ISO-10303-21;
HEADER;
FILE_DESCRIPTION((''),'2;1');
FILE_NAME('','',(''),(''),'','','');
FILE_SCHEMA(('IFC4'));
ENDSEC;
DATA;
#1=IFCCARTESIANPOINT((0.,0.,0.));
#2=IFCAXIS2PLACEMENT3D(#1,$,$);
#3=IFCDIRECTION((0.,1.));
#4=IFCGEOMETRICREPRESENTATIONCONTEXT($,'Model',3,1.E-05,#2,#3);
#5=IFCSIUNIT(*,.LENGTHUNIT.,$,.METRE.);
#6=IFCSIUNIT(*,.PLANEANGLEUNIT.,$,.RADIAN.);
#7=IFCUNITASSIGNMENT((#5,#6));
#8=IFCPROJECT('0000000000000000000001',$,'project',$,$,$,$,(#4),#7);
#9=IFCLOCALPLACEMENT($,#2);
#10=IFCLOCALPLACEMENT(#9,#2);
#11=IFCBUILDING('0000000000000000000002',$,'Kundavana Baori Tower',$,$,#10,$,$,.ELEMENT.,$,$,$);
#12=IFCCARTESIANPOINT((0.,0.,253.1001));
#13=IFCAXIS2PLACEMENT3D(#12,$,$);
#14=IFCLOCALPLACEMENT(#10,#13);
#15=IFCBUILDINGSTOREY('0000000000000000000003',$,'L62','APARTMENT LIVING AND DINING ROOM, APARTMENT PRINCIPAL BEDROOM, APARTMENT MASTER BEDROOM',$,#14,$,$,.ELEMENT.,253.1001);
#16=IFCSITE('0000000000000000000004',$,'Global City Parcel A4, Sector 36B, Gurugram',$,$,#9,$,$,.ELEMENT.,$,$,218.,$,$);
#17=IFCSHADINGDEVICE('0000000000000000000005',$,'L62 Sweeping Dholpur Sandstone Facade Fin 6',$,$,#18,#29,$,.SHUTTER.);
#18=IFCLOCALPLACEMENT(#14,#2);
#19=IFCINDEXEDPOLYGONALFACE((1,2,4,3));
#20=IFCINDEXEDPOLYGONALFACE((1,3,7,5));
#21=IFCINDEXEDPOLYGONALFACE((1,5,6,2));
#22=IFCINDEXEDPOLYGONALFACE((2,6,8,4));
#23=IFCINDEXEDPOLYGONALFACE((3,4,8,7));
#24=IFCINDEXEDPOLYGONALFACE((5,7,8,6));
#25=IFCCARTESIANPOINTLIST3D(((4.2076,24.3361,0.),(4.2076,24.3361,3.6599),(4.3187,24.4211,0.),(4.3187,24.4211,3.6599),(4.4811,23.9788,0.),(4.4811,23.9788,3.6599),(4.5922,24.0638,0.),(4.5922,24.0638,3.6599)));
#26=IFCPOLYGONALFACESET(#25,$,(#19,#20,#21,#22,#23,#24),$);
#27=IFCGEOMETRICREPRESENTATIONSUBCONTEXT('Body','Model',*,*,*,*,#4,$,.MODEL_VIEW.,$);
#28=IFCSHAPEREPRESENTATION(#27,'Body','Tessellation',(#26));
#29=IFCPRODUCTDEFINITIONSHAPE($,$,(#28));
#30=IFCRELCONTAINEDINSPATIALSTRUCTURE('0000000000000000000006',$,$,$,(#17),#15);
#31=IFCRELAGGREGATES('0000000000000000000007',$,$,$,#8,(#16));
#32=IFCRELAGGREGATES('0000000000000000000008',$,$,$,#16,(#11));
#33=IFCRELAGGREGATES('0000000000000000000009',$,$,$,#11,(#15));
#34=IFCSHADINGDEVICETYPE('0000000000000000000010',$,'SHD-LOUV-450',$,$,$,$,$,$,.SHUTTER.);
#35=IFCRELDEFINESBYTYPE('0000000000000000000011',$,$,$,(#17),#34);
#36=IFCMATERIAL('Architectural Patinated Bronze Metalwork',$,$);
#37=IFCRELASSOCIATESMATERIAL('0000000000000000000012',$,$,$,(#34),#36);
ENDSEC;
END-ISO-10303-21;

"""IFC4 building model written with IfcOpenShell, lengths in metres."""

from ifc_helpers import new_model, si_unit, direction, frame, origin, origin_2d, place, context, subcontext, project, spatial, rectangle, extrude, material, type_object, element, save


model = new_model("IFC4")

# Units and contexts
model_context = context("Model", 3, precision=1e-05, world=origin(), true_north=direction((0.0, 1.0)))
body_context = subcontext(model_context, "Body", "Model", "MODEL_VIEW")
ifc_project = project(units=[si_unit("LENGTHUNIT", "METRE"), si_unit("PLANEANGLEUNIT", "RADIAN")], contexts=[model_context])

# Site, building, storey
site_placement = place(None, origin())
site = spatial("IfcSite", under=ifc_project, at=site_placement, Name="Global City Parcel A4, Sector 36B, Gurugram", CompositionType="ELEMENT", RefElevation=218.0)
building_placement = place(site_placement, origin())
building = spatial("IfcBuilding", under=site, at=building_placement, Name="Kundavana Baori Tower", CompositionType="ELEMENT")
storey_placement = place(building_placement, frame((0.0, 0.0, 253.1001)))
storey = spatial("IfcBuildingStorey", under=building, at=storey_placement, Name="L62", Description="APARTMENT LIVING AND DINING ROOM, APARTMENT PRINCIPAL BEDROOM, APARTMENT MASTER BEDROOM", CompositionType="ELEMENT", Elevation=253.1001)

# Shading device
ifc_material_1 = material(Name="Architectural Patinated Bronze Metalwork")
shading_device_type_1 = type_object("IfcShadingDeviceType", Name="SHD-LOUV-450", PredefinedType="SHUTTER", material=ifc_material_1)
shading_device_1_placement = place(storey_placement, frame((4.3999, 24.2, 0.0), z_axis=(0.0, 0.0, 1.0), x_axis=(0.794096, 0.607792, 0.0)))
element("IfcShadingDevice", 1, at=shading_device_1_placement, inside=storey, type_object=shading_device_type_1, Name="L62 Sweeping Dholpur Sandstone Facade Fin 6", PredefinedType="SHUTTER", context=body_context, shape_type="SweptSolid", body=[
    extrude(rectangle(XDim=0.1399, YDim=0.45, at=origin_2d()), origin(), (0.0, 0.0, 1.0), 3.6599),
])

save(model, "model.ifc")
